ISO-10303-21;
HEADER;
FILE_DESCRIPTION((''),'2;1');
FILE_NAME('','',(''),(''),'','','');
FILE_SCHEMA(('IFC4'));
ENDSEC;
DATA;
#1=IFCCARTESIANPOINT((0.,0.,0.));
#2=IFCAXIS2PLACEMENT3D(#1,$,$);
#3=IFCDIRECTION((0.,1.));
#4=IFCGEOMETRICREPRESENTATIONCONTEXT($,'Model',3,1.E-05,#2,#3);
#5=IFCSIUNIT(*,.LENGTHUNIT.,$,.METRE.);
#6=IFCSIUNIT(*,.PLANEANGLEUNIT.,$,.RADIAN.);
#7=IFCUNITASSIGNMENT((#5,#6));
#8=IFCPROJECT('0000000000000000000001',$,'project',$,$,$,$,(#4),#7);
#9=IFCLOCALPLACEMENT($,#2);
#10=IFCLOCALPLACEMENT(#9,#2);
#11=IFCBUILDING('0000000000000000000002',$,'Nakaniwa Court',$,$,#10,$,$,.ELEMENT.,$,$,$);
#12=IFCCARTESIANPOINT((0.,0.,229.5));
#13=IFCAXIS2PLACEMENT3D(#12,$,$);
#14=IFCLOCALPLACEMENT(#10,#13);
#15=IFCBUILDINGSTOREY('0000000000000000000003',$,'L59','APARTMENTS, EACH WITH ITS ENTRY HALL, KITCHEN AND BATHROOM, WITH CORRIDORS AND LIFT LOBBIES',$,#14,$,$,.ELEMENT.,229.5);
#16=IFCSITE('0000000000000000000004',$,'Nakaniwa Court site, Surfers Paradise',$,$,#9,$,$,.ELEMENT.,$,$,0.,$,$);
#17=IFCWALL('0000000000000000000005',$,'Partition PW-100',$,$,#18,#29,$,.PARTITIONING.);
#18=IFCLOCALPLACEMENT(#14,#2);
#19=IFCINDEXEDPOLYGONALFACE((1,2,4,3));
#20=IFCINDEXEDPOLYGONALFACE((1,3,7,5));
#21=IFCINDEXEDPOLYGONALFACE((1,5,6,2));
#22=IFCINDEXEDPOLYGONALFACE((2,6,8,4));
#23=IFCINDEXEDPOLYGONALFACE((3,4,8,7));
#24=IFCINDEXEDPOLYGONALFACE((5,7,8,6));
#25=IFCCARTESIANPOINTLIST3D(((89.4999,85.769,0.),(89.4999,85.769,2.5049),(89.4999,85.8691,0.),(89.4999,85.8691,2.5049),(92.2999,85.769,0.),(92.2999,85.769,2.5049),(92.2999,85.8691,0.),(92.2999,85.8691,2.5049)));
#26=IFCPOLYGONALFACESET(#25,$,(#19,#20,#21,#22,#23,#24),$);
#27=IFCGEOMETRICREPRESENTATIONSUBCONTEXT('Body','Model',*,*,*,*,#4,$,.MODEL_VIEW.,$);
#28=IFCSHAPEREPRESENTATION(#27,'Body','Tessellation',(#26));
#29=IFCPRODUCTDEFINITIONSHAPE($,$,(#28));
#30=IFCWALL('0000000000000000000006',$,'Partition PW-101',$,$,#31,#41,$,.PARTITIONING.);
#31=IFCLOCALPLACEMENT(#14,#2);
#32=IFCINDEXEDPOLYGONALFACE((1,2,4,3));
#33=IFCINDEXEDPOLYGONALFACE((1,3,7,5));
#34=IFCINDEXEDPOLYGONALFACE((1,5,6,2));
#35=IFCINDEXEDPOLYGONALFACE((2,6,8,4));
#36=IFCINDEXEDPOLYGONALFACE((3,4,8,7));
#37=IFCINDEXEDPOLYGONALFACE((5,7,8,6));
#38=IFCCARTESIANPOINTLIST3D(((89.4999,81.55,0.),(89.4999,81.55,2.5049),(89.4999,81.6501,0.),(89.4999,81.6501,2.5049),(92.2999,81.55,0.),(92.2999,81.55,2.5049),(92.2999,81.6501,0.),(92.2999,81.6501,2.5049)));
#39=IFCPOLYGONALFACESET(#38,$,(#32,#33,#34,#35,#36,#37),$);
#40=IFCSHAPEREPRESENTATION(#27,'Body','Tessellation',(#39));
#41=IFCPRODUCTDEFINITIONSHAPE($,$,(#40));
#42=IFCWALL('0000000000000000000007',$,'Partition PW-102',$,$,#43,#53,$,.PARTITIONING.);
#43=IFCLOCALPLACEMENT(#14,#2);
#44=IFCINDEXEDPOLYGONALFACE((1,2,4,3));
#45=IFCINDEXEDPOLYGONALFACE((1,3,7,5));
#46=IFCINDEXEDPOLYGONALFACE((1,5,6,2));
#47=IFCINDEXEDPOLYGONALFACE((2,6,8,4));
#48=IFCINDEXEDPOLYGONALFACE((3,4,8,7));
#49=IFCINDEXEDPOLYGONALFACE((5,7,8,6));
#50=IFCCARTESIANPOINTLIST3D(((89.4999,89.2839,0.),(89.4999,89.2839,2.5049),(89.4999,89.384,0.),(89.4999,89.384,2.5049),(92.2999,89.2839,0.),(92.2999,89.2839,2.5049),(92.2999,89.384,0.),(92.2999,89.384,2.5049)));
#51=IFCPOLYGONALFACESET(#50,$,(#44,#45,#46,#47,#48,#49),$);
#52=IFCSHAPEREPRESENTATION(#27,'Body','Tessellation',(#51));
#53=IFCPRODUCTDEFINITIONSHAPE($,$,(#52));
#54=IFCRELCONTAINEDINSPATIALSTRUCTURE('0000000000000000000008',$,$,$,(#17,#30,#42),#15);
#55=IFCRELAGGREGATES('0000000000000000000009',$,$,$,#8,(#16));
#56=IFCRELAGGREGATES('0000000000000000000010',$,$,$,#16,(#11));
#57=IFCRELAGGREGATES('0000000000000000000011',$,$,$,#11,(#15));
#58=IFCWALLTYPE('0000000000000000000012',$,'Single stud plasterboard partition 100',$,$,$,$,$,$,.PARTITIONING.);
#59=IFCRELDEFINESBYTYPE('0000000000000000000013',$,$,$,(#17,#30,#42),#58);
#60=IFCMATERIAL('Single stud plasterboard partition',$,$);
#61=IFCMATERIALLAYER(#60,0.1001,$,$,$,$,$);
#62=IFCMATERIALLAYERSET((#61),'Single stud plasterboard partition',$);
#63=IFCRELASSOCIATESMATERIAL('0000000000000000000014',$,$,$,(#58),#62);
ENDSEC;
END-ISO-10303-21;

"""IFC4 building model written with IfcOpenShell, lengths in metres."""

from ifc_helpers import new_model, si_unit, direction, frame, frame_2d, origin, place, context, subcontext, project, spatial, rectangle, extrude, material, layer, layer_set, type_object, element, save


model = new_model("IFC4")

# Units and contexts
model_context = context("Model", 3, precision=1e-05, world=origin(), true_north=direction((0.0, 1.0)))
body_context = subcontext(model_context, "Body", "Model", "MODEL_VIEW")
ifc_project = project(units=[si_unit("LENGTHUNIT", "METRE"), si_unit("PLANEANGLEUNIT", "RADIAN")], contexts=[model_context])

# Site, building, storey
site_placement = place(None, origin())
site = spatial("IfcSite", under=ifc_project, at=site_placement, Name="Nakaniwa Court site, Surfers Paradise", CompositionType="ELEMENT", RefElevation=0.0)
building_placement = place(site_placement, origin())
building = spatial("IfcBuilding", under=site, at=building_placement, Name="Nakaniwa Court", CompositionType="ELEMENT")
storey_placement = place(building_placement, frame((0.0, 0.0, 229.5)))
storey = spatial("IfcBuildingStorey", under=building, at=storey_placement, Name="L59", Description="APARTMENTS, EACH WITH ITS ENTRY HALL, KITCHEN AND BATHROOM, WITH CORRIDORS AND LIFT LOBBIES", CompositionType="ELEMENT", Elevation=229.5)

# Walls
ifc_material_1 = material(Name="Single stud plasterboard partition")
ifc_layer_1 = layer(ifc_material_1, 0.1001)
ifc_layer_set_1 = layer_set([ifc_layer_1], Name="Single stud plasterboard partition")
wall_type_1 = type_object("IfcWallType", Name="Single stud plasterboard partition 100", PredefinedType="PARTITIONING", material=ifc_layer_set_1)
for number, where, z_axis, x_axis, name in (
    (1, (89.5, 85.8191, 0.0), (0.0, 0.0, 1.0), (1.0, 0.0, 0.0), "Partition PW-100"),
    (2, (89.5, 81.6001, 0.0), (0.0, 0.0, 1.0), (1.0, 0.0, 0.0), "Partition PW-101"),
    (3, (89.5, 89.334, 0.0), (0.0, 0.0, 1.0), (1.0, 0.0, 0.0), "Partition PW-102"),
):
    element("IfcWall", number, at=place(storey_placement, frame(where, z_axis=z_axis, x_axis=x_axis)), inside=storey, type_object=wall_type_1, Name=name, PredefinedType="PARTITIONING", context=body_context, shape_type="SweptSolid", body=[
        extrude(rectangle(XDim=2.8, YDim=0.1001, at=frame_2d((1.3999, 0.0))), origin(), (0.0, 0.0, 1.0), 2.5049),
    ])

save(model, "model.ifc")
